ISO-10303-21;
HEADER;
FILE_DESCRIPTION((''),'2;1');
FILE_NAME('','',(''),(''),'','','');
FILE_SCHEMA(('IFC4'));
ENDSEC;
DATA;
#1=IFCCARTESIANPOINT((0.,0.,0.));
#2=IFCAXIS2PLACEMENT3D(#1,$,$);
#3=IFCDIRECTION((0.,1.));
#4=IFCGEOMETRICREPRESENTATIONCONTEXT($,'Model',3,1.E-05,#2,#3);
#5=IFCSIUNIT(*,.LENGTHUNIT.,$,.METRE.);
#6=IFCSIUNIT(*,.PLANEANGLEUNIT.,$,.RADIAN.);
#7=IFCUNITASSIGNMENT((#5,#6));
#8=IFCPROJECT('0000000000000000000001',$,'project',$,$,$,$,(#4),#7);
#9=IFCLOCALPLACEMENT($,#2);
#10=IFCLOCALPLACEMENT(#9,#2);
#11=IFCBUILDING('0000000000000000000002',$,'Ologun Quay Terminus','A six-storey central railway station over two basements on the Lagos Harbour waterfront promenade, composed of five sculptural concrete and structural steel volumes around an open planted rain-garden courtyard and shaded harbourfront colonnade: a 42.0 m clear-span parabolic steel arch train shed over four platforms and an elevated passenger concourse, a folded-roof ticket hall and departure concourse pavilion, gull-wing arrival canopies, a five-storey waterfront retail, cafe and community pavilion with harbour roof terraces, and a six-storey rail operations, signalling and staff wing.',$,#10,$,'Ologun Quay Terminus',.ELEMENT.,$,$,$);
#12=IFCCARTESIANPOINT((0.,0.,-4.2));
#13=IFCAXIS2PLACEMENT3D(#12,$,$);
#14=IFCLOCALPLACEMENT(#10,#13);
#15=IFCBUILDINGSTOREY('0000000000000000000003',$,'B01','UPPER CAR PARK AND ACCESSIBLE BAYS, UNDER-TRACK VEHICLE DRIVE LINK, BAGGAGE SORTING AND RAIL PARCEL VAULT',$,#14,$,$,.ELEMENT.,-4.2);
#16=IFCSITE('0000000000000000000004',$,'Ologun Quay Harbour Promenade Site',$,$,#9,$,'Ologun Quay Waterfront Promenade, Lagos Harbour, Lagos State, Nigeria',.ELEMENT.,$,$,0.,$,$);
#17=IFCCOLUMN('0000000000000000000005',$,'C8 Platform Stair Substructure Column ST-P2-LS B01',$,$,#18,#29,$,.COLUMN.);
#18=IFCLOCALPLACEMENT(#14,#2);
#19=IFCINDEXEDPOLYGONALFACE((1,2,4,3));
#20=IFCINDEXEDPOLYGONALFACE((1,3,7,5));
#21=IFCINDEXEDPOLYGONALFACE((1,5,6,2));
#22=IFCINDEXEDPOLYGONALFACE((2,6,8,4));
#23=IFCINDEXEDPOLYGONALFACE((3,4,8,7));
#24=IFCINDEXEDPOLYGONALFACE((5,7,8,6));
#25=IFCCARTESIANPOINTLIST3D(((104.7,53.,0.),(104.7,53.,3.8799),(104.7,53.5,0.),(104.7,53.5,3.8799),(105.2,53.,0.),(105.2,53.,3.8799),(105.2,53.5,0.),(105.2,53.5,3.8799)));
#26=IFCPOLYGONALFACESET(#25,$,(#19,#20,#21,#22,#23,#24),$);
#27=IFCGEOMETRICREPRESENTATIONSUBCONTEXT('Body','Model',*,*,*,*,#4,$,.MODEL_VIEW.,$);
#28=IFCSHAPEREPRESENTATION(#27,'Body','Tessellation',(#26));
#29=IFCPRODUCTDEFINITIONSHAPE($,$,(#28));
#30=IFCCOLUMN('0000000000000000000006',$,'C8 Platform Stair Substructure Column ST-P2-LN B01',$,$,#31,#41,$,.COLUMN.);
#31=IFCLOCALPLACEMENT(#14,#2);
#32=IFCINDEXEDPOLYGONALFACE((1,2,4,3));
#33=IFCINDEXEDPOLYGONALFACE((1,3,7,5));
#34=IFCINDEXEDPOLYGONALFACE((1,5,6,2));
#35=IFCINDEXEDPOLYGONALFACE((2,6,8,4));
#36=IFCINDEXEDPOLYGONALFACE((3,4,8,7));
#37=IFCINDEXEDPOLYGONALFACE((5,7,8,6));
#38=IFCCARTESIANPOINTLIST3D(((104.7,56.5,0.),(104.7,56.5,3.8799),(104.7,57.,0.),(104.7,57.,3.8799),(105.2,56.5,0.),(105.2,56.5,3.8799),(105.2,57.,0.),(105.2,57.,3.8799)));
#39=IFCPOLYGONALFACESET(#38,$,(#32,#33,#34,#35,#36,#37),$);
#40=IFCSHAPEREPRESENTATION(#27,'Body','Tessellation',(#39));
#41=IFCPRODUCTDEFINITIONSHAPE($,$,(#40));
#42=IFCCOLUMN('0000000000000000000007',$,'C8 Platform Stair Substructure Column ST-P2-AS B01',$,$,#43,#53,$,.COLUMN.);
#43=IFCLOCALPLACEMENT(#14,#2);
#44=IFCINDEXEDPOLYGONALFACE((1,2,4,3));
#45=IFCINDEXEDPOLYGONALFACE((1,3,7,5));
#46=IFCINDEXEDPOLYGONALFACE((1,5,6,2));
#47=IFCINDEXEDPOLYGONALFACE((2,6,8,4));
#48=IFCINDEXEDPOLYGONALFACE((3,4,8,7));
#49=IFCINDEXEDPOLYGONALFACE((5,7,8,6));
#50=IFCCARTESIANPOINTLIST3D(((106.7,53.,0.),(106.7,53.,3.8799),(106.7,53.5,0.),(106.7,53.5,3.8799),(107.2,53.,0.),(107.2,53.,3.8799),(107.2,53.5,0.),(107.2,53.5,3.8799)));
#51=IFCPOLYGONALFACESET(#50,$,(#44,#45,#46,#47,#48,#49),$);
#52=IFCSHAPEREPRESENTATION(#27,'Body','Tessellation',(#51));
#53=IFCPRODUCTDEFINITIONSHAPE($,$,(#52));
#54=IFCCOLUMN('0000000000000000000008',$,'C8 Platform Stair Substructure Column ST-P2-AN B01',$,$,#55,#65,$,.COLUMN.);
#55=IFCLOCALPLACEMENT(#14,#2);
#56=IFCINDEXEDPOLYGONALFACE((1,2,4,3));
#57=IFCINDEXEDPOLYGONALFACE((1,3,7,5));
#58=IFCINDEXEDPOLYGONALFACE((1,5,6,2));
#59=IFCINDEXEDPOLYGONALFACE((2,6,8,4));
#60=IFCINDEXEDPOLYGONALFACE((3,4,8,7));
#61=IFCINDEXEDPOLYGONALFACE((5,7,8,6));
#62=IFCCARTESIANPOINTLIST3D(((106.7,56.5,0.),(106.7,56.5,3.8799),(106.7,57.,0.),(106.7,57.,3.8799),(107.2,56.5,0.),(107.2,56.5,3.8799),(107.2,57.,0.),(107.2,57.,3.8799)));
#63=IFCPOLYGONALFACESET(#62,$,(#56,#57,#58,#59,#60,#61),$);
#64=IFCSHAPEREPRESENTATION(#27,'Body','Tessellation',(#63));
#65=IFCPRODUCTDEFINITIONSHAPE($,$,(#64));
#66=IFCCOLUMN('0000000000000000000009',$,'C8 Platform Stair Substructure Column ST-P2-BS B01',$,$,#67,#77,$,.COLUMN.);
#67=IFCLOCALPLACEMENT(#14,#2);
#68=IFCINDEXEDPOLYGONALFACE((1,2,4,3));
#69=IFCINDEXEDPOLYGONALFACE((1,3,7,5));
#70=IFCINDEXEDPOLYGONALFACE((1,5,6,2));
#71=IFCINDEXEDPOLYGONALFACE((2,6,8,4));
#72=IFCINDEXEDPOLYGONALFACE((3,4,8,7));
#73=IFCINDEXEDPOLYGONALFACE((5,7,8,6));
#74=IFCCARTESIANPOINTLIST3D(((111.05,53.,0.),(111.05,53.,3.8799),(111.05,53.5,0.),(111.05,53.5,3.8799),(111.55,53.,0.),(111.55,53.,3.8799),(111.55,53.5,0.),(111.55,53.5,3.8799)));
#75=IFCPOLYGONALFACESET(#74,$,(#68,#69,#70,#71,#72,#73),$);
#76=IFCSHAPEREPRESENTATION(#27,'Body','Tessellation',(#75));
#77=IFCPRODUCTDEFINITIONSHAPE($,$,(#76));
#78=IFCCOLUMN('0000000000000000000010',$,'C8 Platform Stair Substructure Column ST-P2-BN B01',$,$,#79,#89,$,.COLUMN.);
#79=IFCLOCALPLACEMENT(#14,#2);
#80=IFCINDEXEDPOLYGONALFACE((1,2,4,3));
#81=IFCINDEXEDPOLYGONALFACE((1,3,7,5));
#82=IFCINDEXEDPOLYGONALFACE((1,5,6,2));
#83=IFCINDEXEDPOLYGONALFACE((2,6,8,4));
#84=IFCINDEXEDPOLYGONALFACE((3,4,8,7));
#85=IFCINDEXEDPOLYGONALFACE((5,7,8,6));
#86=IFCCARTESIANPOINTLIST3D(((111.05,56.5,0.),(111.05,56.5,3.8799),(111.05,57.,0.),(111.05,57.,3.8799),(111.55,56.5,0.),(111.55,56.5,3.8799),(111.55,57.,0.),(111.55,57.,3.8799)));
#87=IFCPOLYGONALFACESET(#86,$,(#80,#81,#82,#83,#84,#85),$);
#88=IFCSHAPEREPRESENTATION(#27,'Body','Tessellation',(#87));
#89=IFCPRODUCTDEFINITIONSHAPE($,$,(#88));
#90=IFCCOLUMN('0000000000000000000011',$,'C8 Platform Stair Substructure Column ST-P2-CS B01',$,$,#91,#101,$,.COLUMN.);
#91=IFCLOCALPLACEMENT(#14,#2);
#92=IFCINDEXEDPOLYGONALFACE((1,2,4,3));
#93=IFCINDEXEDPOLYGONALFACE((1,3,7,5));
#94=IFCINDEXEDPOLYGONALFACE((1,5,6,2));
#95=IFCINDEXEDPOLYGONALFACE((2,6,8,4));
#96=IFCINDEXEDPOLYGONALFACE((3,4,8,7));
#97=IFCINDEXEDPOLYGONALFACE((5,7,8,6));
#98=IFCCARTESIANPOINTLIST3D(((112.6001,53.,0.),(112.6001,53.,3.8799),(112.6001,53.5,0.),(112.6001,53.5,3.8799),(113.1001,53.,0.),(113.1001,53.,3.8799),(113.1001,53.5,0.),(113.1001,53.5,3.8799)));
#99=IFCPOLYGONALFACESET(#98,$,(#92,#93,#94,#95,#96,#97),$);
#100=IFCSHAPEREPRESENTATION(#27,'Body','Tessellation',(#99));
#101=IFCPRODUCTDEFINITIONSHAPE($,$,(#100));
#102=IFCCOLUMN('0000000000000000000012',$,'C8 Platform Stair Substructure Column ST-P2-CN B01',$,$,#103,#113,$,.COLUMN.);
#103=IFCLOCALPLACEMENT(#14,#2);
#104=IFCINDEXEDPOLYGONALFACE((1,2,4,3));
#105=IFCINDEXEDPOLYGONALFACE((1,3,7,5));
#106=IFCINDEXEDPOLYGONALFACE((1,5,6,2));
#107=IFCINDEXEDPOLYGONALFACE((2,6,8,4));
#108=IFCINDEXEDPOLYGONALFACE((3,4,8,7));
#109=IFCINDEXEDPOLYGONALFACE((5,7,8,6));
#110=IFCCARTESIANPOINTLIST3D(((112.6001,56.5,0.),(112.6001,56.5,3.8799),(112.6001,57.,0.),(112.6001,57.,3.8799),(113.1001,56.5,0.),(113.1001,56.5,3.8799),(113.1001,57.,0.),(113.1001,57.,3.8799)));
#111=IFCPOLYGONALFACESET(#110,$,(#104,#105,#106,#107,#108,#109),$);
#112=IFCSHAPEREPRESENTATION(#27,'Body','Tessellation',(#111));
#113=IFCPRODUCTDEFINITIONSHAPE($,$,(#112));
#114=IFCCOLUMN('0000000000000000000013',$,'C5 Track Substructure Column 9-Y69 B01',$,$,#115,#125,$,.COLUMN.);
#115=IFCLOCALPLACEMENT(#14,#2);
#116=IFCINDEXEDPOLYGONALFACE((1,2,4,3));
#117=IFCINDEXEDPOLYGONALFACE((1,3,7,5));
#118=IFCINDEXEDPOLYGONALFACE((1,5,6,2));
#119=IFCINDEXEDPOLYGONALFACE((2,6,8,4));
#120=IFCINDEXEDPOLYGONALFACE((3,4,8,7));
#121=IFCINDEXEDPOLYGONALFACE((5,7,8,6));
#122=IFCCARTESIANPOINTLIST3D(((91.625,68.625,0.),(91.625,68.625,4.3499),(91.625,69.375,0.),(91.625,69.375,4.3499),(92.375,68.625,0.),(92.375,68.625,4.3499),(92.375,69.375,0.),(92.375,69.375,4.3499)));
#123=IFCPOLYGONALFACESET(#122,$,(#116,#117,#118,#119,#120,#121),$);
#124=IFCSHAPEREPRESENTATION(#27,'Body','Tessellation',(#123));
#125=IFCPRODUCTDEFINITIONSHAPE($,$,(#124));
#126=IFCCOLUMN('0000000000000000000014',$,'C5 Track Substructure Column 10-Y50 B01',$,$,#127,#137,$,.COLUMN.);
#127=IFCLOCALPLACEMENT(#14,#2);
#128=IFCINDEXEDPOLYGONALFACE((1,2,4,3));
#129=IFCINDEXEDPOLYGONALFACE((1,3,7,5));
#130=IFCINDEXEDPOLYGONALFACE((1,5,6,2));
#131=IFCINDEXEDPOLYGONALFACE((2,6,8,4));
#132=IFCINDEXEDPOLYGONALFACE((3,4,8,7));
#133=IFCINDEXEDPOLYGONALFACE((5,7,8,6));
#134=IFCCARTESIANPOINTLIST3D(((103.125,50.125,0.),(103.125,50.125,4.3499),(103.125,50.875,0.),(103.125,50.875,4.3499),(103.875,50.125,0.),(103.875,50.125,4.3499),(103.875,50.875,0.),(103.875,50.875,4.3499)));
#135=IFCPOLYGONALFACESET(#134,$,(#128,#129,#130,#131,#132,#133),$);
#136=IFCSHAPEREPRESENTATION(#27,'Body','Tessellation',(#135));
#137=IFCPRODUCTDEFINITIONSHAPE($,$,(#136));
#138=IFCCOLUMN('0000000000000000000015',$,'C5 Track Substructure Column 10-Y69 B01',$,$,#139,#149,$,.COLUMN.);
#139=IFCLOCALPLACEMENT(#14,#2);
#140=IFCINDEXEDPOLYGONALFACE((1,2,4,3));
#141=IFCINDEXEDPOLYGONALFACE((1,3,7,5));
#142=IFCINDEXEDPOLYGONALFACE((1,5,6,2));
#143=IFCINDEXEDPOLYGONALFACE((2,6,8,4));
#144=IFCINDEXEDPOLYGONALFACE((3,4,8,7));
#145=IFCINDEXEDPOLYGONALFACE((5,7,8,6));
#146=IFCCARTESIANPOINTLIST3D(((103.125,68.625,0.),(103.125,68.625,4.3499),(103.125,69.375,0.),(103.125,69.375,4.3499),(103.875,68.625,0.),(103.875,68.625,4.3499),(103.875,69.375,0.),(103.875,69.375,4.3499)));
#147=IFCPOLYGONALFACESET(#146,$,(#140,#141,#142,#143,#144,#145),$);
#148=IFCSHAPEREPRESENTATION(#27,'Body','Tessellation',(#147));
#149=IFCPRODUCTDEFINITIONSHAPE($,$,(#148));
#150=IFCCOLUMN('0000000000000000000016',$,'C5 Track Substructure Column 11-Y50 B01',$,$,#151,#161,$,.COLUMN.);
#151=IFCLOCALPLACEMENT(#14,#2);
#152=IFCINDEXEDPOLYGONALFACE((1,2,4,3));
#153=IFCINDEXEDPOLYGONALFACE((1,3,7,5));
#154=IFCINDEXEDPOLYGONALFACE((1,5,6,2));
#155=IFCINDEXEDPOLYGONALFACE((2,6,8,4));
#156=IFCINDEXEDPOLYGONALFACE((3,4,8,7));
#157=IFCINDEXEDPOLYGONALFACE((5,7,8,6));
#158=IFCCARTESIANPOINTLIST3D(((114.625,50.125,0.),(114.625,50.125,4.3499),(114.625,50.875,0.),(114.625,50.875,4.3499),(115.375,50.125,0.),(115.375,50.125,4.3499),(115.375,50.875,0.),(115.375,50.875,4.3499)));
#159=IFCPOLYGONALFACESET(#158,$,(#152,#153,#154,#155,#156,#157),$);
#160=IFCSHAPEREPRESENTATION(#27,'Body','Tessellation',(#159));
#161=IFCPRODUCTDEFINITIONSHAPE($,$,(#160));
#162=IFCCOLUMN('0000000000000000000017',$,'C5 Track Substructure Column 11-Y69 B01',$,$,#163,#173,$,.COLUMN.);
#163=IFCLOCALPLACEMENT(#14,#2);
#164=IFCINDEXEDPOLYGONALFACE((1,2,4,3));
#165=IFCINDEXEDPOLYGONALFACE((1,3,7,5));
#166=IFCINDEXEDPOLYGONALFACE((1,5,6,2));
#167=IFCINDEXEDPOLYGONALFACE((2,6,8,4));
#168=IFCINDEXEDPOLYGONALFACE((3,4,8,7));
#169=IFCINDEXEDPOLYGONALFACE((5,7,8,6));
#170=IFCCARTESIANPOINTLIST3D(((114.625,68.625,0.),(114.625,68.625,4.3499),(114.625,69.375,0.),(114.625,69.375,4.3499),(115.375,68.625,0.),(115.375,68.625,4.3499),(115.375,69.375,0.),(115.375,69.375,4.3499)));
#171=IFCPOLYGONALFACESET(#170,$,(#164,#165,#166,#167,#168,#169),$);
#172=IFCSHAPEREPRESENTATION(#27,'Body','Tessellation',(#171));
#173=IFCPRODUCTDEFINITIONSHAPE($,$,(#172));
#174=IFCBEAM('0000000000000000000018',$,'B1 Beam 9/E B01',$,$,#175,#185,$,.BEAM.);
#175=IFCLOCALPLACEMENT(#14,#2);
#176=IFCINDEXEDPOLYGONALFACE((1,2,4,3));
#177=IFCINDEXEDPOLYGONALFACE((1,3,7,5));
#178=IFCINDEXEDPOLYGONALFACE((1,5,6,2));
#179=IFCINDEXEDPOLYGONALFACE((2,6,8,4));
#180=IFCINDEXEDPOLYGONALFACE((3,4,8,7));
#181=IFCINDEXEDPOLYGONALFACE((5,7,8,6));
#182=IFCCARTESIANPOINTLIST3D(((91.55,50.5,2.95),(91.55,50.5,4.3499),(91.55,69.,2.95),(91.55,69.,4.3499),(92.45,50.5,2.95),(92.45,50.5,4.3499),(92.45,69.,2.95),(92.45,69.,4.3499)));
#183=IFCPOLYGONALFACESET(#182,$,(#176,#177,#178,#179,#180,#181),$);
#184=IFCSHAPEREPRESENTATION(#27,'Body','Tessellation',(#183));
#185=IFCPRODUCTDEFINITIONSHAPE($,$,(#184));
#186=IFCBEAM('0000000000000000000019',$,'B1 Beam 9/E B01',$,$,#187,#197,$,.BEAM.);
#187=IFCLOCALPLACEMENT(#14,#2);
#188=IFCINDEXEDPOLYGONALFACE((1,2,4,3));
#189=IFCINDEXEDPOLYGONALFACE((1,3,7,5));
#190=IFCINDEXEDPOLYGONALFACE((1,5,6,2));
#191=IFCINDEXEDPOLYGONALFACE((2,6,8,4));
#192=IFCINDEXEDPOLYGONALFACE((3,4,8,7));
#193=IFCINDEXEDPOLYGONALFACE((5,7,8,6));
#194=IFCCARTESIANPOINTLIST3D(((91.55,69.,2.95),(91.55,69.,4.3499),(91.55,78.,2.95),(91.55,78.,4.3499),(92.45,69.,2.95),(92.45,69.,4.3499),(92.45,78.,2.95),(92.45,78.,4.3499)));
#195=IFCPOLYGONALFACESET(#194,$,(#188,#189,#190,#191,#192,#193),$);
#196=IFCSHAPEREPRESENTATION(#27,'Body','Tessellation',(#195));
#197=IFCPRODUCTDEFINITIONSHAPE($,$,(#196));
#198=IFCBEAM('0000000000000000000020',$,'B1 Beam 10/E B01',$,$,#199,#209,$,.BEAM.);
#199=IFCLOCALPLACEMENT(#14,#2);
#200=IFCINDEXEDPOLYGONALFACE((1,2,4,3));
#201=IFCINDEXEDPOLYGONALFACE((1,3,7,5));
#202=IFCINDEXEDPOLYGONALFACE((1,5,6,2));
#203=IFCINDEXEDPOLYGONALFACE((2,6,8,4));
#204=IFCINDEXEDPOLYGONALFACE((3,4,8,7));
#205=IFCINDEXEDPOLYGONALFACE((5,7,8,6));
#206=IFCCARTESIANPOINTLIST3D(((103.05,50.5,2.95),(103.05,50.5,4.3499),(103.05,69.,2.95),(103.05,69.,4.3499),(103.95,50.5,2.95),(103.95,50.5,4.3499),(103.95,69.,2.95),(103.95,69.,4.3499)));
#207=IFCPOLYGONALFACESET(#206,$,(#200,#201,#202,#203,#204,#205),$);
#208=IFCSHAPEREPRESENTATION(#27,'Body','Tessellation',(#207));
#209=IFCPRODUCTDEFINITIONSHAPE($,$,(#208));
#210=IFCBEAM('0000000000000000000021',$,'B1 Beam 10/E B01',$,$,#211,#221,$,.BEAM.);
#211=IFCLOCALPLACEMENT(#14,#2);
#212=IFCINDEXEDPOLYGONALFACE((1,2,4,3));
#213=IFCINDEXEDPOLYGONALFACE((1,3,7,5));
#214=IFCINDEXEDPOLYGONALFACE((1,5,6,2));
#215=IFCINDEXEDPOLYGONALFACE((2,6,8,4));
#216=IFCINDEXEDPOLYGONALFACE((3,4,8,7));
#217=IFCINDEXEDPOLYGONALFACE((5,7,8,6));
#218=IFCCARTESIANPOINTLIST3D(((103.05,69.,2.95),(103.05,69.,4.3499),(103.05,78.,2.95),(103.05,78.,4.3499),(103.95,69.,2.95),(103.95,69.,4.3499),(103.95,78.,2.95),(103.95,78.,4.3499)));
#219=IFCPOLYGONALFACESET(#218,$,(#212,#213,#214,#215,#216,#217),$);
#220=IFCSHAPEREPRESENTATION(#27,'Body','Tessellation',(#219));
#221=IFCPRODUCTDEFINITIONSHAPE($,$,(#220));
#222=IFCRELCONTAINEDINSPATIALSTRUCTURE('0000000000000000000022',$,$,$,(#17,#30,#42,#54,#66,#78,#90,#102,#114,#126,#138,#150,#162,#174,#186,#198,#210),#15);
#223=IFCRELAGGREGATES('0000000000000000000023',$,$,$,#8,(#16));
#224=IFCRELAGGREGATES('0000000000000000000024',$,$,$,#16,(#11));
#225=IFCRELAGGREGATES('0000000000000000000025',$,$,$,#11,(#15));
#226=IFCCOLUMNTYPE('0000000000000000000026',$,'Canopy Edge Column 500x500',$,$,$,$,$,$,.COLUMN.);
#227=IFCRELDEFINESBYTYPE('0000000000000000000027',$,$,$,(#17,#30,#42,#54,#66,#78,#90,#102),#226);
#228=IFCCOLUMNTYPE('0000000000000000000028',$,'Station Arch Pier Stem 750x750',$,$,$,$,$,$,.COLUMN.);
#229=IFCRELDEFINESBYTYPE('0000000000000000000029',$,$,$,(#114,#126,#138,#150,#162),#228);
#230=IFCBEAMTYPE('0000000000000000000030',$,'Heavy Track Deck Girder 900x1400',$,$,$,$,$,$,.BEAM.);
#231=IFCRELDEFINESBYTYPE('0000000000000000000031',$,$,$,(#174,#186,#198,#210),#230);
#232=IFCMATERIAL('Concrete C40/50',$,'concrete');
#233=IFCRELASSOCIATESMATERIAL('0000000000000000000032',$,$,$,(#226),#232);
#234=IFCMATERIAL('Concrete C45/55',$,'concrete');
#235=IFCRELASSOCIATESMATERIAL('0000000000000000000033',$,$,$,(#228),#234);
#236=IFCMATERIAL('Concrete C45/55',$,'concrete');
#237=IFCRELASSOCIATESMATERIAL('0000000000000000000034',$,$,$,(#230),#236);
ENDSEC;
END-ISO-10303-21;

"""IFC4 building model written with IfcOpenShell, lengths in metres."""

from ifc_helpers import new_model, si_unit, direction, frame, origin, origin_2d, place, context, subcontext, project, spatial, rectangle, extrude, material, material_profile, profile_set, type_object, element, save


model = new_model("IFC4")

# Units and contexts
model_context = context("Model", 3, precision=1e-05, world=origin(), true_north=direction((0.0, 1.0)))
body_context = subcontext(model_context, "Body", "Model", "MODEL_VIEW")
ifc_project = project(units=[si_unit("LENGTHUNIT", "METRE"), si_unit("PLANEANGLEUNIT", "RADIAN")], contexts=[model_context])

# Site, building, storey
site_placement = place(None, origin())
site = spatial("IfcSite", under=ifc_project, at=site_placement, Name="Ologun Quay Harbour Promenade Site", LongName="Ologun Quay Waterfront Promenade, Lagos Harbour, Lagos State, Nigeria", CompositionType="ELEMENT", RefElevation=0.0)
building_placement = place(site_placement, origin())
building = spatial("IfcBuilding", under=site, at=building_placement, Name="Ologun Quay Terminus", Description="A six-storey central railway station over two basements on the Lagos Harbour waterfront promenade, composed of five sculptural concrete and structural steel volumes around an open planted rain-garden courtyard and shaded harbourfront colonnade: a 42.0 m clear-span parabolic steel arch train shed over four platforms and an elevated passenger concourse, a folded-roof ticket hall and departure concourse pavilion, gull-wing arrival canopies, a five-storey waterfront retail, cafe and community pavilion with harbour roof terraces, and a six-storey rail operations, signalling and staff wing.", LongName="Ologun Quay Terminus", CompositionType="ELEMENT")
storey_placement = place(building_placement, frame((0.0, 0.0, -4.2)))
storey = spatial("IfcBuildingStorey", under=building, at=storey_placement, Name="B01", Description="UPPER CAR PARK AND ACCESSIBLE BAYS, UNDER-TRACK VEHICLE DRIVE LINK, BAGGAGE SORTING AND RAIL PARCEL VAULT", CompositionType="ELEMENT", Elevation=-4.2)

# Columns
ifc_material_1 = material(Name="Concrete C40/50", Category="concrete")
ifc_material_profile_1 = material_profile(ifc_material_1, rectangle(XDim=0.5, YDim=0.5, at=origin_2d()), Name="RC 500x500")
ifc_profile_set_1 = profile_set([ifc_material_profile_1], Name="Concrete C40/50")
column_type_1 = type_object("IfcColumnType", Name="Canopy Edge Column 500x500", PredefinedType="COLUMN", material=ifc_profile_set_1)
for number, where, z_axis, x_axis, name in (
    (1, (104.95, 53.25, 0.0), (0.0, 0.0, 1.0), (1.0, 0.0, 0.0), "C8 Platform Stair Substructure Column ST-P2-LS B01"),
    (2, (104.95, 56.75, 0.0), (0.0, 0.0, 1.0), (1.0, 0.0, 0.0), "C8 Platform Stair Substructure Column ST-P2-LN B01"),
    (3, (106.95, 53.25, 0.0), (0.0, 0.0, 1.0), (1.0, 0.0, 0.0), "C8 Platform Stair Substructure Column ST-P2-AS B01"),
    (4, (106.95, 56.75, 0.0), (0.0, 0.0, 1.0), (1.0, 0.0, 0.0), "C8 Platform Stair Substructure Column ST-P2-AN B01"),
    (5, (111.3, 53.25, 0.0), (0.0, 0.0, 1.0), (1.0, 0.0, 0.0), "C8 Platform Stair Substructure Column ST-P2-BS B01"),
    (6, (111.3, 56.75, 0.0), (0.0, 0.0, 1.0), (1.0, 0.0, 0.0), "C8 Platform Stair Substructure Column ST-P2-BN B01"),
    (7, (112.8501, 53.25, 0.0), (0.0, 0.0, 1.0), (1.0, 0.0, 0.0), "C8 Platform Stair Substructure Column ST-P2-CS B01"),
    (8, (112.8501, 56.75, 0.0), (0.0, 0.0, 1.0), (1.0, 0.0, 0.0), "C8 Platform Stair Substructure Column ST-P2-CN B01"),
):
    element("IfcColumn", number, at=place(storey_placement, frame(where, z_axis=z_axis, x_axis=x_axis)), inside=storey, type_object=column_type_1, Name=name, PredefinedType="COLUMN", context=body_context, shape_type="SweptSolid", body=[
        extrude(rectangle(XDim=0.5, YDim=0.5, at=origin_2d()), origin(), (0.0, 0.0, 1.0), 3.8799),
    ])
ifc_material_2 = material(Name="Concrete C45/55", Category="concrete")
ifc_material_profile_2 = material_profile(ifc_material_2, rectangle(XDim=0.75, YDim=0.75, at=origin_2d()), Name="RC 750x750")
ifc_profile_set_2 = profile_set([ifc_material_profile_2], Name="Concrete C45/55")
column_type_2 = type_object("IfcColumnType", Name="Station Arch Pier Stem 750x750", PredefinedType="COLUMN", material=ifc_profile_set_2)
for number, where, z_axis, x_axis, name in (
    (9, (92.0, 69.0, 0.0), (0.0, 0.0, 1.0), (1.0, 0.0, 0.0), "C5 Track Substructure Column 9-Y69 B01"),
    (10, (103.5, 50.5, 0.0), (0.0, 0.0, 1.0), (1.0, 0.0, 0.0), "C5 Track Substructure Column 10-Y50 B01"),
    (11, (103.5, 69.0, 0.0), (0.0, 0.0, 1.0), (1.0, 0.0, 0.0), "C5 Track Substructure Column 10-Y69 B01"),
    (12, (115.0, 50.5, 0.0), (0.0, 0.0, 1.0), (1.0, 0.0, 0.0), "C5 Track Substructure Column 11-Y50 B01"),
    (13, (115.0, 69.0, 0.0), (0.0, 0.0, 1.0), (1.0, 0.0, 0.0), "C5 Track Substructure Column 11-Y69 B01"),
):
    element("IfcColumn", number, at=place(storey_placement, frame(where, z_axis=z_axis, x_axis=x_axis)), inside=storey, type_object=column_type_2, Name=name, PredefinedType="COLUMN", context=body_context, shape_type="SweptSolid", body=[
        extrude(rectangle(XDim=0.75, YDim=0.75, at=origin_2d()), origin(), (0.0, 0.0, 1.0), 4.3499),
    ])

# Beams
ifc_material_3 = material(Name="Concrete C45/55", Category="concrete")
ifc_material_profile_3 = material_profile(ifc_material_3, rectangle(XDim=0.8999, YDim=1.3999, at=origin_2d()), Name="RC 900x1400")
ifc_profile_set_3 = profile_set([ifc_material_profile_3], Name="Concrete C45/55")
beam_type_1 = type_object("IfcBeamType", Name="Heavy Track Deck Girder 900x1400", PredefinedType="BEAM", material=ifc_profile_set_3)
beam_1_placement = place(storey_placement, frame((92.0, 50.5, 3.6499), z_axis=(0.0, 1.0, 0.0), x_axis=(-1.0, 0.0, 0.0)))
element("IfcBeam", 14, at=beam_1_placement, inside=storey, type_object=beam_type_1, Name="B1 Beam 9/E B01", PredefinedType="BEAM", context=body_context, shape_type="SweptSolid", body=[
    extrude(rectangle(XDim=0.8999, YDim=1.3999, at=origin_2d()), origin(), (0.0, 0.0, 1.0), 18.5),
])
beam_2_placement = place(storey_placement, frame((92.0, 69.0, 3.6499), z_axis=(0.0, 1.0, 0.0), x_axis=(-1.0, 0.0, 0.0)))
element("IfcBeam", 15, at=beam_2_placement, inside=storey, type_object=beam_type_1, Name="B1 Beam 9/E B01", PredefinedType="BEAM", context=body_context, shape_type="SweptSolid", body=[
    extrude(rectangle(XDim=0.8999, YDim=1.3999, at=origin_2d()), origin(), (0.0, 0.0, 1.0), 9.0),
])
beam_3_placement = place(storey_placement, frame((103.5, 50.5, 3.6499), z_axis=(0.0, 1.0, 0.0), x_axis=(-1.0, 0.0, 0.0)))
element("IfcBeam", 16, at=beam_3_placement, inside=storey, type_object=beam_type_1, Name="B1 Beam 10/E B01", PredefinedType="BEAM", context=body_context, shape_type="SweptSolid", body=[
    extrude(rectangle(XDim=0.8999, YDim=1.3999, at=origin_2d()), origin(), (0.0, 0.0, 1.0), 18.5),
])
beam_4_placement = place(storey_placement, frame((103.5, 69.0, 3.6499), z_axis=(0.0, 1.0, 0.0), x_axis=(-1.0, 0.0, 0.0)))
element("IfcBeam", 17, at=beam_4_placement, inside=storey, type_object=beam_type_1, Name="B1 Beam 10/E B01", PredefinedType="BEAM", context=body_context, shape_type="SweptSolid", body=[
    extrude(rectangle(XDim=0.8999, YDim=1.3999, at=origin_2d()), origin(), (0.0, 0.0, 1.0), 9.0),
])

save(model, "model.ifc")
